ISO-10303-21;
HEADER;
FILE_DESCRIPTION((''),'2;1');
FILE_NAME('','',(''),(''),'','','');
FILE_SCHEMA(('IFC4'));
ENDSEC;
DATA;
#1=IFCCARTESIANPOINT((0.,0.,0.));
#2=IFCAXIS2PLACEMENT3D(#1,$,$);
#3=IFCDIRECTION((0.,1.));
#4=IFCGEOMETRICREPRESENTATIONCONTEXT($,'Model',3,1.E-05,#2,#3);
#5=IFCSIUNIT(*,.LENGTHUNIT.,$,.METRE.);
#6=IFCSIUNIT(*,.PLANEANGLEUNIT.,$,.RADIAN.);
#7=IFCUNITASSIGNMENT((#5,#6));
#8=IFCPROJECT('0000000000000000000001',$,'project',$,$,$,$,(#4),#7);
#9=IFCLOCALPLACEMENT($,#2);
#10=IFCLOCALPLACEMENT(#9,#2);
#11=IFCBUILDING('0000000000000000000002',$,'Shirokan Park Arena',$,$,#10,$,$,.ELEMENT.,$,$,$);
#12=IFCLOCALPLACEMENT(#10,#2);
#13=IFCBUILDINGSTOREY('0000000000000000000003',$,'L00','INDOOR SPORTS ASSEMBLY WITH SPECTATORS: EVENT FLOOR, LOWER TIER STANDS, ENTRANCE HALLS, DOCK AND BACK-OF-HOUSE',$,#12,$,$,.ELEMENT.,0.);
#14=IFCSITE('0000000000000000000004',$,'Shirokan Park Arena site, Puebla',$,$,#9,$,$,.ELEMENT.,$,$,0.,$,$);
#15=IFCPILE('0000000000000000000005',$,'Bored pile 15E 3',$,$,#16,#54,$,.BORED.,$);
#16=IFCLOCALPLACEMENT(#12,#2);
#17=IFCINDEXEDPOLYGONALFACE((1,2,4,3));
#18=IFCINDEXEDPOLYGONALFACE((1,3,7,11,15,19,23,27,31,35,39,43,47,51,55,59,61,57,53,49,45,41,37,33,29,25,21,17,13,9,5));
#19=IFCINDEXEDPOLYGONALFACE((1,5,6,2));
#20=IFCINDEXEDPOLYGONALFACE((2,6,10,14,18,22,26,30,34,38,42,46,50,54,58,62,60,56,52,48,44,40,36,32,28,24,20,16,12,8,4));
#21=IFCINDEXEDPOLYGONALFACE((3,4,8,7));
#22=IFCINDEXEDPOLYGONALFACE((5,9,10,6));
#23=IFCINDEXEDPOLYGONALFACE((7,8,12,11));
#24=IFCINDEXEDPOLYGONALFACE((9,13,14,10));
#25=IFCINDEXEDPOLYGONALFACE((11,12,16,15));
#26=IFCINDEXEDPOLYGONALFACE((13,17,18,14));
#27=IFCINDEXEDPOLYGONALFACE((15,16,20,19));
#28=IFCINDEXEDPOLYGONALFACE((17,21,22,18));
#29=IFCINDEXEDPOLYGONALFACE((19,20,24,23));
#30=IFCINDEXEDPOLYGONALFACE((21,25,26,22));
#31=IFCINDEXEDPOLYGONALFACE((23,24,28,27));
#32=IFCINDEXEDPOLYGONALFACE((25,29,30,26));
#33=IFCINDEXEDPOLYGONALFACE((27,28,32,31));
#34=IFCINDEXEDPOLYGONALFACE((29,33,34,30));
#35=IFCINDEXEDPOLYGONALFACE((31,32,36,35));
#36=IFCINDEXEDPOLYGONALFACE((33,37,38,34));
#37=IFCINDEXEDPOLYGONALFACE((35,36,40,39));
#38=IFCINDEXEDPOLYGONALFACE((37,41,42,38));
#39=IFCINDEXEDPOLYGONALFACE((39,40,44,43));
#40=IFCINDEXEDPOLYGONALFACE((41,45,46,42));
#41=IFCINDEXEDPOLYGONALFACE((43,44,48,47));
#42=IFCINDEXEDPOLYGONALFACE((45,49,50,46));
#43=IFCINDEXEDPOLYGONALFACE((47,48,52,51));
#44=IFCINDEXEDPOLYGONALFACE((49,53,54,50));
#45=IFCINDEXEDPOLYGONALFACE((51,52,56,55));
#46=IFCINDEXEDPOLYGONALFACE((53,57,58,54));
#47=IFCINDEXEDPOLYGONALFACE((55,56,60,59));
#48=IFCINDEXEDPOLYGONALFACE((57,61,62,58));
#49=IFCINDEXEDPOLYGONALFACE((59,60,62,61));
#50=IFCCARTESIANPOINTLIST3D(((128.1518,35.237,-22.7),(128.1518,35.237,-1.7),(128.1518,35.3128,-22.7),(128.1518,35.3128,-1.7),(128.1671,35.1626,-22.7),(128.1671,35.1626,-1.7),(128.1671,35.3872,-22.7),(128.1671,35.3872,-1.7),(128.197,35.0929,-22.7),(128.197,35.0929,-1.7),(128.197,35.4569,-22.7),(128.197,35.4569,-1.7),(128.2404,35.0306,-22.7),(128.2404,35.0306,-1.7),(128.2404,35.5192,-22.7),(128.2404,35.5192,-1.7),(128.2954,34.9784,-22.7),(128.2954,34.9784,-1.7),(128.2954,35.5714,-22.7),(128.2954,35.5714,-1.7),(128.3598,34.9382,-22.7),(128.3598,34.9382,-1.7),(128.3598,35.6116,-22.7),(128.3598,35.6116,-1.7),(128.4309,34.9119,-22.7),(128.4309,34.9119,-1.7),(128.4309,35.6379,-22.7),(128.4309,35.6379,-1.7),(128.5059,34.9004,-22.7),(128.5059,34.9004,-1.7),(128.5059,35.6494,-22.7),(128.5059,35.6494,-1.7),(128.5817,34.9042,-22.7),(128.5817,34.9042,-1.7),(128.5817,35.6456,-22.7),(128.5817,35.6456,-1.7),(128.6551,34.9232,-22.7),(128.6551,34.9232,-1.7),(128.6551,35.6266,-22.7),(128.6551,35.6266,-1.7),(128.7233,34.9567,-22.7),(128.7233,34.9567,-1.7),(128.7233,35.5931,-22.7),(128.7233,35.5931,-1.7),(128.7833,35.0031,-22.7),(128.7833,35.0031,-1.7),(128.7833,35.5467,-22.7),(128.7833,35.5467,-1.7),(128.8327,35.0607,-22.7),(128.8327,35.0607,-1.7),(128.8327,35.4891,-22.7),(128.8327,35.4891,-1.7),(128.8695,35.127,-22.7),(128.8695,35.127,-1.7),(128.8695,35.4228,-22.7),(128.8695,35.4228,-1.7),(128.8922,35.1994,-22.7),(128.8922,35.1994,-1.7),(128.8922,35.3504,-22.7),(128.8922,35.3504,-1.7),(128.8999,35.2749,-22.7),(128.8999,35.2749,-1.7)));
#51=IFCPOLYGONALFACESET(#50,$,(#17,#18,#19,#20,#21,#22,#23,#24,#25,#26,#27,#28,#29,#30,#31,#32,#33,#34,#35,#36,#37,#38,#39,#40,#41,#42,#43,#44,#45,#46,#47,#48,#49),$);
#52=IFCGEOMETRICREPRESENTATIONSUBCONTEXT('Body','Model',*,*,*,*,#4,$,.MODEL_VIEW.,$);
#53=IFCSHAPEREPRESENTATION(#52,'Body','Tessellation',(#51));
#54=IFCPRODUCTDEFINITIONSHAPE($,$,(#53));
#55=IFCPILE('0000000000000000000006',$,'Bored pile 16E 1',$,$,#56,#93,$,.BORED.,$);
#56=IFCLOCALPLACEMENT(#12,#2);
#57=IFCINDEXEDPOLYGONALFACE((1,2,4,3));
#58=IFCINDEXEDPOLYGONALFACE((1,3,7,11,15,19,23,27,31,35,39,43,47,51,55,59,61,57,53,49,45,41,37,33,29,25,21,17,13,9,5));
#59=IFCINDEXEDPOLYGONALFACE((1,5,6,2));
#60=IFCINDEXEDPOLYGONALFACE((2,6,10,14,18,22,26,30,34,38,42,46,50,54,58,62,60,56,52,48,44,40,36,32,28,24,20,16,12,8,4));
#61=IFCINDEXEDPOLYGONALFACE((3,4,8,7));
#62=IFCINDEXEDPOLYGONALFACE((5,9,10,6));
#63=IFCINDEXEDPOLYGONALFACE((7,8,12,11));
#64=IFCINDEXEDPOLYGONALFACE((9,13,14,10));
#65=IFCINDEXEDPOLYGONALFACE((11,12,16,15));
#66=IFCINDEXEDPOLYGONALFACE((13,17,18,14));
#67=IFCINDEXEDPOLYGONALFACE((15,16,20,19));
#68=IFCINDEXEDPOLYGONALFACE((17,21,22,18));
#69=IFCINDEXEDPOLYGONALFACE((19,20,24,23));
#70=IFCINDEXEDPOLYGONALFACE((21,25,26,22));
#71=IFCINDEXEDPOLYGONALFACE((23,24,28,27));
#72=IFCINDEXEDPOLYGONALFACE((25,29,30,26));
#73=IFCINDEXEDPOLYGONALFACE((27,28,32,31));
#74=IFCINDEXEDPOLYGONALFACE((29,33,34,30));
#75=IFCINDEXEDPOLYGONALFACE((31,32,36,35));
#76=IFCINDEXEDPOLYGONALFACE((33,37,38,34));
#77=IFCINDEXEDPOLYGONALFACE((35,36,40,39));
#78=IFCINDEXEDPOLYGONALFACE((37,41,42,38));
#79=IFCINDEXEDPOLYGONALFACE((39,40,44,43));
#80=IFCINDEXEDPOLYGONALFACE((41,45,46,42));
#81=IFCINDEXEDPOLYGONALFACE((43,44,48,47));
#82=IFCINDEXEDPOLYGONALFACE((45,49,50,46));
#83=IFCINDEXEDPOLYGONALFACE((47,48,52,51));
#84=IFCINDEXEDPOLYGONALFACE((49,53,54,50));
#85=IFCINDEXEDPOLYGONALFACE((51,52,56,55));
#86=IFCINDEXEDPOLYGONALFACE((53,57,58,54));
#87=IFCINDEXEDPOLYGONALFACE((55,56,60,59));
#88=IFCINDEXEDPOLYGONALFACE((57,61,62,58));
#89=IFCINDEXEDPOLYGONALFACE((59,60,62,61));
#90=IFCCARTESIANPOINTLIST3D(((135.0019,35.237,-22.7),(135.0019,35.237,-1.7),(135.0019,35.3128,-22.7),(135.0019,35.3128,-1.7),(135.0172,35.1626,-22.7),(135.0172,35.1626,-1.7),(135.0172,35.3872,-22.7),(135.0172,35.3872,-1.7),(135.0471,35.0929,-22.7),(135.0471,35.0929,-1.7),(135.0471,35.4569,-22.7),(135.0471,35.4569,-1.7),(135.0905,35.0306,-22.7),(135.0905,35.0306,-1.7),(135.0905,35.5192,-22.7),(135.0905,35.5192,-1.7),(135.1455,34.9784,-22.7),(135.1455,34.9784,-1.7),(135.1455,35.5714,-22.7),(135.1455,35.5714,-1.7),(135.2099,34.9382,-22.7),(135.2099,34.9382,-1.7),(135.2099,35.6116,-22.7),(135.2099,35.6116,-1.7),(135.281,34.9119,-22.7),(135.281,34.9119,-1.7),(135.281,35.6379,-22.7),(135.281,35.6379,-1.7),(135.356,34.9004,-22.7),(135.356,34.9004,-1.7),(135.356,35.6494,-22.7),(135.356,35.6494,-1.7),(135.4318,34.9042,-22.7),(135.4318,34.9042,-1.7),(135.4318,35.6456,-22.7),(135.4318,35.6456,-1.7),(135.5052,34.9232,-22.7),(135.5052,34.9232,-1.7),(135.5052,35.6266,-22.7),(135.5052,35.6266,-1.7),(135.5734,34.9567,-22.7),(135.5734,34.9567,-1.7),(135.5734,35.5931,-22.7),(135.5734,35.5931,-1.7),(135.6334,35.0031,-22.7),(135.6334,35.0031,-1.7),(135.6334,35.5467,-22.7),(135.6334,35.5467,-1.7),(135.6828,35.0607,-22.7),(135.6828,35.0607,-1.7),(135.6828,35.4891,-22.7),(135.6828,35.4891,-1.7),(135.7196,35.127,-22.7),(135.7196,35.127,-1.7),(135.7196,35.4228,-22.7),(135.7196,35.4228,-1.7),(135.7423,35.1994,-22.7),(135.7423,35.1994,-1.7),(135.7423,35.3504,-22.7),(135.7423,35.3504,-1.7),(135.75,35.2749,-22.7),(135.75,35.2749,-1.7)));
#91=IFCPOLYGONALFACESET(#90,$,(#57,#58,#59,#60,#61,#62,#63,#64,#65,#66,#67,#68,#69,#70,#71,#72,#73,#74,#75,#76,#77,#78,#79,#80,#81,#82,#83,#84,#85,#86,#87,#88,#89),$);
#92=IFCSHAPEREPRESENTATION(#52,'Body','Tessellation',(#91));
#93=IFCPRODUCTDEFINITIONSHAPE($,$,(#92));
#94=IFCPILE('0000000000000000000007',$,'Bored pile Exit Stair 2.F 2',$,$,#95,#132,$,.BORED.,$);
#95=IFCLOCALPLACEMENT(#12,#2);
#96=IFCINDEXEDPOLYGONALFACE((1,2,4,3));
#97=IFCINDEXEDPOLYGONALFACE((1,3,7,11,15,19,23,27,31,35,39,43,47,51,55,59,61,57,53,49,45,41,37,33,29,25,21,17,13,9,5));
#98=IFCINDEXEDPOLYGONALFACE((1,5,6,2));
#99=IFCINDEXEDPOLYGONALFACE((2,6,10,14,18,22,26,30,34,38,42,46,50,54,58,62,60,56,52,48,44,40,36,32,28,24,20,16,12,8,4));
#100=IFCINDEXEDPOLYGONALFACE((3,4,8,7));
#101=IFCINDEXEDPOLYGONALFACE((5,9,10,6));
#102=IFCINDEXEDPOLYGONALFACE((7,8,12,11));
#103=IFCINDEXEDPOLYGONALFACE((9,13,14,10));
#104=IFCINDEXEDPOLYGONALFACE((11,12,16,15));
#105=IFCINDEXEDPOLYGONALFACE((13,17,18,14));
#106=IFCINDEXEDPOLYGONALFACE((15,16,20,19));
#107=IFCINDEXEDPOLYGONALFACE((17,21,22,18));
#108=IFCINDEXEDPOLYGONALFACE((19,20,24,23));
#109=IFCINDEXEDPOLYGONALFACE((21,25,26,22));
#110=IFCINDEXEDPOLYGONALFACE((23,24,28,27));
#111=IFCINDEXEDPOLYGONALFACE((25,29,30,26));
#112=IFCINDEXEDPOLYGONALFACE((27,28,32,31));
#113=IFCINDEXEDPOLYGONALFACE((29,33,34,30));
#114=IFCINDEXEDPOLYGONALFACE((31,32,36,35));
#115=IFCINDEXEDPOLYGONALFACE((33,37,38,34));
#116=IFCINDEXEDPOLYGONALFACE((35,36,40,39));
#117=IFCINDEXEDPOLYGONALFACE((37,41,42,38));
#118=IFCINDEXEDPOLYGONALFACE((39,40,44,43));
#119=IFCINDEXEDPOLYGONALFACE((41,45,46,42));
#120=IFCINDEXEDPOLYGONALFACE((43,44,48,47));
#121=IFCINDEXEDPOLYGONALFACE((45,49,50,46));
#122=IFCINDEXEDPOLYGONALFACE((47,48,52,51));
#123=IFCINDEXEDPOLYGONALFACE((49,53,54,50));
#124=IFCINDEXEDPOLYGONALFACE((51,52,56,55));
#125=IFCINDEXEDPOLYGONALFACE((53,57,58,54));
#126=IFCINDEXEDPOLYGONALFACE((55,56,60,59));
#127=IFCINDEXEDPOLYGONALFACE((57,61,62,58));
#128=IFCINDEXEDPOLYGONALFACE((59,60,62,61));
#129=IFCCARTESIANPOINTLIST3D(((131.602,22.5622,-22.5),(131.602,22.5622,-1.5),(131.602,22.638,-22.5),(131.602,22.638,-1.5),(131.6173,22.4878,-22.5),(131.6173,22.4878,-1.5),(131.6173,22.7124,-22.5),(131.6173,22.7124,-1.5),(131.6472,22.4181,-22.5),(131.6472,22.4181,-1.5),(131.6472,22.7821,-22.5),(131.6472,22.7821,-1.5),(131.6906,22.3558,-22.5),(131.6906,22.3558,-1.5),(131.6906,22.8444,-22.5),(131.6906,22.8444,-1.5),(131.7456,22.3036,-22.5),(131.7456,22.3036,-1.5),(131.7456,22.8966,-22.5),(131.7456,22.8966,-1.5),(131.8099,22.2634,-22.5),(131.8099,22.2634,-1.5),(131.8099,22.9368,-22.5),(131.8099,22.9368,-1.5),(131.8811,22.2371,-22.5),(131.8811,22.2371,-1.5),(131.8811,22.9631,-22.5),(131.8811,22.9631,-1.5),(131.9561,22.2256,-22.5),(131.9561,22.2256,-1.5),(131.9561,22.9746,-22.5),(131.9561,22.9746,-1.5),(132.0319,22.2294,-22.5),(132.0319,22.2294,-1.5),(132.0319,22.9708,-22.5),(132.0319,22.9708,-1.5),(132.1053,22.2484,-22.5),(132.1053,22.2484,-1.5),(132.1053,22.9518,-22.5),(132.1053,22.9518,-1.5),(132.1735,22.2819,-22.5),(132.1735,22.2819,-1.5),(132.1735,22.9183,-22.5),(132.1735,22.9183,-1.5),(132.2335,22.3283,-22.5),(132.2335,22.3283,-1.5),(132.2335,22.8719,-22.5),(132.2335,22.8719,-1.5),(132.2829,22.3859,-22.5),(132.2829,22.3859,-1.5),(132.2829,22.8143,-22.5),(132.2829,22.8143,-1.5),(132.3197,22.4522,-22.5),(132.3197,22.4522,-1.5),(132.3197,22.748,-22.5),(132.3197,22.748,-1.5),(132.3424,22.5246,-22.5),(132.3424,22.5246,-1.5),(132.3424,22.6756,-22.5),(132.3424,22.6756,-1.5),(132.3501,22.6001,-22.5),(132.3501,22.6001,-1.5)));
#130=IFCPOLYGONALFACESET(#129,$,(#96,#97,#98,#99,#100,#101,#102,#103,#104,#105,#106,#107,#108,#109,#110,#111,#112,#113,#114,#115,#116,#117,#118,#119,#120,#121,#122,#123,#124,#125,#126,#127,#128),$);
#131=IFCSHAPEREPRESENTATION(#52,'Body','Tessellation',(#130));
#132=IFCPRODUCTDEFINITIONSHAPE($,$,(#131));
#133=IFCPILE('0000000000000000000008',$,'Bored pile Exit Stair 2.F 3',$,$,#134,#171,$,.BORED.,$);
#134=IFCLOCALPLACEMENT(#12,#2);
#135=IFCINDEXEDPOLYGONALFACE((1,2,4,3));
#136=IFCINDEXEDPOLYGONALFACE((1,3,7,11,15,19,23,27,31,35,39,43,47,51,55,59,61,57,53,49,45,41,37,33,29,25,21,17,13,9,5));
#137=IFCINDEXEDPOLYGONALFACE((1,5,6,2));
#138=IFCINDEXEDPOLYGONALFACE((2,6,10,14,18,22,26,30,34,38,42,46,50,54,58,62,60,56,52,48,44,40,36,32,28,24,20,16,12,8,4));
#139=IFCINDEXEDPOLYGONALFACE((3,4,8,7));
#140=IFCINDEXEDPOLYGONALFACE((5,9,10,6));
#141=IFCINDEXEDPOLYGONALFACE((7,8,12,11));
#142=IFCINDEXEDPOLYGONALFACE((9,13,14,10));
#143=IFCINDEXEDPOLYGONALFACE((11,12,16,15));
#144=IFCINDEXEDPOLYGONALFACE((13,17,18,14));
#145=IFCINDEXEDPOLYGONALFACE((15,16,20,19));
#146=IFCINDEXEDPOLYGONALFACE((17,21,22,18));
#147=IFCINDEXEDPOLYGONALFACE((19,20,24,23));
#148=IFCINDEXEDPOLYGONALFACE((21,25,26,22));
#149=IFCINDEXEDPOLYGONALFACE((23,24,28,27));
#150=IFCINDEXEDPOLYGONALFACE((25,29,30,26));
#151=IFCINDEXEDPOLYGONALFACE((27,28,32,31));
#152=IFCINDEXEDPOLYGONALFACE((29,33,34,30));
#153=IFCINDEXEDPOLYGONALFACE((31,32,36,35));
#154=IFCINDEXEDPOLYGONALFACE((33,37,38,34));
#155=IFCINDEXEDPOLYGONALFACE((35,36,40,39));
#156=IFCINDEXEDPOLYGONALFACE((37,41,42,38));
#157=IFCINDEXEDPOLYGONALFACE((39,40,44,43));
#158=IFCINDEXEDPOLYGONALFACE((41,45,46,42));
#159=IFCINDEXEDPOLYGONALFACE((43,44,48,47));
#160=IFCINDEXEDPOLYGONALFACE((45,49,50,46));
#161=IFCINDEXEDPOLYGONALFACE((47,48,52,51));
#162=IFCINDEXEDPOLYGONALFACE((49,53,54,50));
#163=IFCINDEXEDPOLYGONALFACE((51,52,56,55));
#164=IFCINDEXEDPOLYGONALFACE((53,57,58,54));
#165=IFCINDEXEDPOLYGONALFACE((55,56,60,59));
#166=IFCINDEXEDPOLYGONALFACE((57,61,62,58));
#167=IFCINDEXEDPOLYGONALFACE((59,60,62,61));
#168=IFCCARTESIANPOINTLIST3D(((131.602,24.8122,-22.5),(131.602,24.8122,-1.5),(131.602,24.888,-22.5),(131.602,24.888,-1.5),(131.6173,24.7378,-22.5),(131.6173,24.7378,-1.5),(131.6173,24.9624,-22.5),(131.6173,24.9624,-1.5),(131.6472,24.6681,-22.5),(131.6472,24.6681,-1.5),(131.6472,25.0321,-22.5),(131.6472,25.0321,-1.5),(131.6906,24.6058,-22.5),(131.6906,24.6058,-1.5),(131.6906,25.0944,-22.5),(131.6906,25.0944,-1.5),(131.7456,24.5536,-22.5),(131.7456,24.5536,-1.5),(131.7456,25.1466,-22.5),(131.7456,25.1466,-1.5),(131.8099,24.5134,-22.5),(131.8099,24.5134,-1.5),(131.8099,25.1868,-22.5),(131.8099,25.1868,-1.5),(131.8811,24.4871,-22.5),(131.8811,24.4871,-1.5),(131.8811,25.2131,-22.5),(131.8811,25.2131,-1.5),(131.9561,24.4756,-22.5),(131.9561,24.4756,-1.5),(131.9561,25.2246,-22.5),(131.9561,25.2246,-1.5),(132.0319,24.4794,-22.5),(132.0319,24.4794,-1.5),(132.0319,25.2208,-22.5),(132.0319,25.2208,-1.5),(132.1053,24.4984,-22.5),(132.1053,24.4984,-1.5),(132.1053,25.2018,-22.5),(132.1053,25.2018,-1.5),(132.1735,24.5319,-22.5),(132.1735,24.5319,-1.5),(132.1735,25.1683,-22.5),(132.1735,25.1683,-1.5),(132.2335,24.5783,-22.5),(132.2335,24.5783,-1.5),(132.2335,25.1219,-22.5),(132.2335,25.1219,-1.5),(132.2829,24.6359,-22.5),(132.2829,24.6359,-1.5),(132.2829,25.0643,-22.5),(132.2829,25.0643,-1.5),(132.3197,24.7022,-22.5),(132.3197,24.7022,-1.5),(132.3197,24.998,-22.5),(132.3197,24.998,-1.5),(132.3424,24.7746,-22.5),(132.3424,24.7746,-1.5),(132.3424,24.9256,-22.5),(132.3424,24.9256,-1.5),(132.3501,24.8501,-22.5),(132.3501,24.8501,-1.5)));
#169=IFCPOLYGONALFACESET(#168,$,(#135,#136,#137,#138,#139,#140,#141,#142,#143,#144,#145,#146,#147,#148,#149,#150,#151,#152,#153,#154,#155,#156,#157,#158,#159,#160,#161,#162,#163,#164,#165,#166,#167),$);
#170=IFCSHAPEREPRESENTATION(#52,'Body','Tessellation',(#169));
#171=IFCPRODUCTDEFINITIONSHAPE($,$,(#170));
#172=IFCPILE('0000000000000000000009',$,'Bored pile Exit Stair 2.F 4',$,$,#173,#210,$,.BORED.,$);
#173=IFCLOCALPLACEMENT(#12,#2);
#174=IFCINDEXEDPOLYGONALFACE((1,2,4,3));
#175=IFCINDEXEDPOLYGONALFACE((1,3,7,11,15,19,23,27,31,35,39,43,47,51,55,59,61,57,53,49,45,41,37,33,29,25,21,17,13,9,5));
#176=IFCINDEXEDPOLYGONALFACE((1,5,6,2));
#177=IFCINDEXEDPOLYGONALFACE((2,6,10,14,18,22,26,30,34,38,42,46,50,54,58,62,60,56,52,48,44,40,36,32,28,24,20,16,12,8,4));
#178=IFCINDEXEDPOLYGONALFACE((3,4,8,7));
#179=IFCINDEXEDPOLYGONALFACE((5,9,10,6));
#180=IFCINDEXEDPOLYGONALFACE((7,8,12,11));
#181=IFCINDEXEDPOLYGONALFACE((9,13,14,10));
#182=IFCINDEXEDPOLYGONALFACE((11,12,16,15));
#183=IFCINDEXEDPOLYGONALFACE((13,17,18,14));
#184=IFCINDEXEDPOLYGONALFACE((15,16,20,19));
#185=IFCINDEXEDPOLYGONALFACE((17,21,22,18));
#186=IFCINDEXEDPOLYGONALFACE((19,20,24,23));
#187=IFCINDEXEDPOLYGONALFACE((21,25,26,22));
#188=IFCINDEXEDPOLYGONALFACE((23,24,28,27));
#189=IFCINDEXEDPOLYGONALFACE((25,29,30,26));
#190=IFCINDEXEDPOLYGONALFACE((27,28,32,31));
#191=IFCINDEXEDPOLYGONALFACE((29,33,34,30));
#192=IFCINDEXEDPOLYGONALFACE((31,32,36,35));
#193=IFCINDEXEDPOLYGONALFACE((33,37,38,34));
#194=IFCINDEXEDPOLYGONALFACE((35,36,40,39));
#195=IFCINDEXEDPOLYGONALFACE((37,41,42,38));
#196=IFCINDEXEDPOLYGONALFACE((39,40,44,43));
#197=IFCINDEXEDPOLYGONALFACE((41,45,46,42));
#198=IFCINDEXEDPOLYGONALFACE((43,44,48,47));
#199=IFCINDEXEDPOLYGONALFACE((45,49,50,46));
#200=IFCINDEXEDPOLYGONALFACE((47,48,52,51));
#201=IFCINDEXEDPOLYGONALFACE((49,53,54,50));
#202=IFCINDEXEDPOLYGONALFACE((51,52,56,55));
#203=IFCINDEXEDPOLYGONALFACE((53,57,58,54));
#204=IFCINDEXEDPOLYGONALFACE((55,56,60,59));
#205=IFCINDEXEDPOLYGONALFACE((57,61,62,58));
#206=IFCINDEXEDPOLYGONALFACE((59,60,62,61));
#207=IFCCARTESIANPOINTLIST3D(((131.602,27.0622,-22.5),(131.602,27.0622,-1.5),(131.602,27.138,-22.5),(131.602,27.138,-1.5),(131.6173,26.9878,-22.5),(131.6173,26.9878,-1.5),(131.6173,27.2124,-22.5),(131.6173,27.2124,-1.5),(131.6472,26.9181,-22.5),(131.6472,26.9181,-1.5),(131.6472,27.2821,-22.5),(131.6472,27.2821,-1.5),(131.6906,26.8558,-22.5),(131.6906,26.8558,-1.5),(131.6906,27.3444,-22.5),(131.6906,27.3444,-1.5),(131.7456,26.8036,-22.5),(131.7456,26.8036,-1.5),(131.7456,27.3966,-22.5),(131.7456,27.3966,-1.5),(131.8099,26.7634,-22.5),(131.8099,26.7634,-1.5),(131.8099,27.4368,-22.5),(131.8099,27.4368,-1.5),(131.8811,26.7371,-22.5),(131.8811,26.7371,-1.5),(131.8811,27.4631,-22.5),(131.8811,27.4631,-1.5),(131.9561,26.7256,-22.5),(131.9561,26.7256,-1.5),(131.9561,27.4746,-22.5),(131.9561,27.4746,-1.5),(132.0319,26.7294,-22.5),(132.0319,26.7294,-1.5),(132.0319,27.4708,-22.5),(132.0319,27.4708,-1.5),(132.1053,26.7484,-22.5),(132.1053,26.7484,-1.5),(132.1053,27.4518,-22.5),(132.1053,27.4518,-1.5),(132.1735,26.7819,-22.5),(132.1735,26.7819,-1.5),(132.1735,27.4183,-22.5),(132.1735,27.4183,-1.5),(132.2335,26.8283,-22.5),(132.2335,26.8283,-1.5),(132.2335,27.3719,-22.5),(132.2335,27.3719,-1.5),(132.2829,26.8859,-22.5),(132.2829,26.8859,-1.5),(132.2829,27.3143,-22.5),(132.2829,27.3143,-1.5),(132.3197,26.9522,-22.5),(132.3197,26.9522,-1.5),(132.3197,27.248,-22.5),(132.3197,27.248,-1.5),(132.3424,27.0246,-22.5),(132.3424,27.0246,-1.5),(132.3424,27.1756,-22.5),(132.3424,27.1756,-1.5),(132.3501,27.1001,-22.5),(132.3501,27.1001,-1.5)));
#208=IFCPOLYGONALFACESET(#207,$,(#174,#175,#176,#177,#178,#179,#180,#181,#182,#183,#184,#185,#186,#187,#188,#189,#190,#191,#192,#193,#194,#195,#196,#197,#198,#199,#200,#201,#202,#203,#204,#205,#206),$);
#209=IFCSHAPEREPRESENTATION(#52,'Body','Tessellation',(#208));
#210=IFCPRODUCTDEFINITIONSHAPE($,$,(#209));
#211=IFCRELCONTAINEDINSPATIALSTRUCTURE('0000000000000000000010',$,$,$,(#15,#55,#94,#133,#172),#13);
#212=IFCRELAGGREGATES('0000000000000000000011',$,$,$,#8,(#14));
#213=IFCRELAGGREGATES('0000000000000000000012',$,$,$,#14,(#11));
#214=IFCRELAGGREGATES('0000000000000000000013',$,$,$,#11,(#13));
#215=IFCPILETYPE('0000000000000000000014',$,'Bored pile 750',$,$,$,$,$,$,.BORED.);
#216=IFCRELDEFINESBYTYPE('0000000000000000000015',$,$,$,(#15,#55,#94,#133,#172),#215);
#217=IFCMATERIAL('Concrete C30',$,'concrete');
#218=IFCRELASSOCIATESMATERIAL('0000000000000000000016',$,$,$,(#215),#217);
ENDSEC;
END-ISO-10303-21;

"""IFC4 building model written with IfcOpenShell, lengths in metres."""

from ifc_helpers import new_model, si_unit, direction, frame, origin, origin_2d, place, context, subcontext, project, spatial, circle, extrude, material, material_profile, profile_set, type_object, element, save


model = new_model("IFC4")

# Units and contexts
model_context = context("Model", 3, precision=1e-05, world=origin(), true_north=direction((0.0, 1.0)))
body_context = subcontext(model_context, "Body", "Model", "MODEL_VIEW")
ifc_project = project(units=[si_unit("LENGTHUNIT", "METRE"), si_unit("PLANEANGLEUNIT", "RADIAN")], contexts=[model_context])

# Site, building, storey
site_placement = place(None, origin())
site = spatial("IfcSite", under=ifc_project, at=site_placement, Name="Shirokan Park Arena site, Puebla", CompositionType="ELEMENT", RefElevation=0.0)
building_placement = place(site_placement, origin())
building = spatial("IfcBuilding", under=site, at=building_placement, Name="Shirokan Park Arena", CompositionType="ELEMENT")
storey_placement = place(building_placement, origin())
storey = spatial("IfcBuildingStorey", under=building, at=storey_placement, Name="L00", Description="INDOOR SPORTS ASSEMBLY WITH SPECTATORS: EVENT FLOOR, LOWER TIER STANDS, ENTRANCE HALLS, DOCK AND BACK-OF-HOUSE", CompositionType="ELEMENT", Elevation=0.0)

# Piles
ifc_material_1 = material(Name="Concrete C30", Category="concrete")
ifc_material_profile_1 = material_profile(ifc_material_1, circle(Radius=0.375, at=origin_2d()), Name="D750")
ifc_profile_set_1 = profile_set([ifc_material_profile_1], Name="Concrete C30")
pile_type_1 = type_object("IfcPileType", Name="Bored pile 750", PredefinedType="BORED", material=ifc_profile_set_1)
for number, where, z_axis, x_axis, name in (
    (1, (128.5249, 35.2749, -1.7), (0.0, 0.0, -1.0), (1.0, 0.0, 0.0), "Bored pile 15E 3"),
    (2, (135.375, 35.2749, -1.7), (0.0, 0.0, -1.0), (1.0, 0.0, 0.0), "Bored pile 16E 1"),
    (3, (131.9751, 22.6001, -1.5), (0.0, 0.0, -1.0), (1.0, 0.0, 0.0), "Bored pile Exit Stair 2.F 2"),
    (4, (131.9751, 24.8501, -1.5), (0.0, 0.0, -1.0), (1.0, 0.0, 0.0), "Bored pile Exit Stair 2.F 3"),
    (5, (131.9751, 27.1001, -1.5), (0.0, 0.0, -1.0), (1.0, 0.0, 0.0), "Bored pile Exit Stair 2.F 4"),
):
    element("IfcPile", number, at=place(storey_placement, frame(where, z_axis=z_axis, x_axis=x_axis)), inside=storey, type_object=pile_type_1, Name=name, PredefinedType="BORED", context=body_context, shape_type="SweptSolid", body=[
        extrude(circle(Radius=0.375, at=origin_2d()), origin(), (0.0, 0.0, 1.0), 21.0),
    ])

save(model, "model.ifc")
